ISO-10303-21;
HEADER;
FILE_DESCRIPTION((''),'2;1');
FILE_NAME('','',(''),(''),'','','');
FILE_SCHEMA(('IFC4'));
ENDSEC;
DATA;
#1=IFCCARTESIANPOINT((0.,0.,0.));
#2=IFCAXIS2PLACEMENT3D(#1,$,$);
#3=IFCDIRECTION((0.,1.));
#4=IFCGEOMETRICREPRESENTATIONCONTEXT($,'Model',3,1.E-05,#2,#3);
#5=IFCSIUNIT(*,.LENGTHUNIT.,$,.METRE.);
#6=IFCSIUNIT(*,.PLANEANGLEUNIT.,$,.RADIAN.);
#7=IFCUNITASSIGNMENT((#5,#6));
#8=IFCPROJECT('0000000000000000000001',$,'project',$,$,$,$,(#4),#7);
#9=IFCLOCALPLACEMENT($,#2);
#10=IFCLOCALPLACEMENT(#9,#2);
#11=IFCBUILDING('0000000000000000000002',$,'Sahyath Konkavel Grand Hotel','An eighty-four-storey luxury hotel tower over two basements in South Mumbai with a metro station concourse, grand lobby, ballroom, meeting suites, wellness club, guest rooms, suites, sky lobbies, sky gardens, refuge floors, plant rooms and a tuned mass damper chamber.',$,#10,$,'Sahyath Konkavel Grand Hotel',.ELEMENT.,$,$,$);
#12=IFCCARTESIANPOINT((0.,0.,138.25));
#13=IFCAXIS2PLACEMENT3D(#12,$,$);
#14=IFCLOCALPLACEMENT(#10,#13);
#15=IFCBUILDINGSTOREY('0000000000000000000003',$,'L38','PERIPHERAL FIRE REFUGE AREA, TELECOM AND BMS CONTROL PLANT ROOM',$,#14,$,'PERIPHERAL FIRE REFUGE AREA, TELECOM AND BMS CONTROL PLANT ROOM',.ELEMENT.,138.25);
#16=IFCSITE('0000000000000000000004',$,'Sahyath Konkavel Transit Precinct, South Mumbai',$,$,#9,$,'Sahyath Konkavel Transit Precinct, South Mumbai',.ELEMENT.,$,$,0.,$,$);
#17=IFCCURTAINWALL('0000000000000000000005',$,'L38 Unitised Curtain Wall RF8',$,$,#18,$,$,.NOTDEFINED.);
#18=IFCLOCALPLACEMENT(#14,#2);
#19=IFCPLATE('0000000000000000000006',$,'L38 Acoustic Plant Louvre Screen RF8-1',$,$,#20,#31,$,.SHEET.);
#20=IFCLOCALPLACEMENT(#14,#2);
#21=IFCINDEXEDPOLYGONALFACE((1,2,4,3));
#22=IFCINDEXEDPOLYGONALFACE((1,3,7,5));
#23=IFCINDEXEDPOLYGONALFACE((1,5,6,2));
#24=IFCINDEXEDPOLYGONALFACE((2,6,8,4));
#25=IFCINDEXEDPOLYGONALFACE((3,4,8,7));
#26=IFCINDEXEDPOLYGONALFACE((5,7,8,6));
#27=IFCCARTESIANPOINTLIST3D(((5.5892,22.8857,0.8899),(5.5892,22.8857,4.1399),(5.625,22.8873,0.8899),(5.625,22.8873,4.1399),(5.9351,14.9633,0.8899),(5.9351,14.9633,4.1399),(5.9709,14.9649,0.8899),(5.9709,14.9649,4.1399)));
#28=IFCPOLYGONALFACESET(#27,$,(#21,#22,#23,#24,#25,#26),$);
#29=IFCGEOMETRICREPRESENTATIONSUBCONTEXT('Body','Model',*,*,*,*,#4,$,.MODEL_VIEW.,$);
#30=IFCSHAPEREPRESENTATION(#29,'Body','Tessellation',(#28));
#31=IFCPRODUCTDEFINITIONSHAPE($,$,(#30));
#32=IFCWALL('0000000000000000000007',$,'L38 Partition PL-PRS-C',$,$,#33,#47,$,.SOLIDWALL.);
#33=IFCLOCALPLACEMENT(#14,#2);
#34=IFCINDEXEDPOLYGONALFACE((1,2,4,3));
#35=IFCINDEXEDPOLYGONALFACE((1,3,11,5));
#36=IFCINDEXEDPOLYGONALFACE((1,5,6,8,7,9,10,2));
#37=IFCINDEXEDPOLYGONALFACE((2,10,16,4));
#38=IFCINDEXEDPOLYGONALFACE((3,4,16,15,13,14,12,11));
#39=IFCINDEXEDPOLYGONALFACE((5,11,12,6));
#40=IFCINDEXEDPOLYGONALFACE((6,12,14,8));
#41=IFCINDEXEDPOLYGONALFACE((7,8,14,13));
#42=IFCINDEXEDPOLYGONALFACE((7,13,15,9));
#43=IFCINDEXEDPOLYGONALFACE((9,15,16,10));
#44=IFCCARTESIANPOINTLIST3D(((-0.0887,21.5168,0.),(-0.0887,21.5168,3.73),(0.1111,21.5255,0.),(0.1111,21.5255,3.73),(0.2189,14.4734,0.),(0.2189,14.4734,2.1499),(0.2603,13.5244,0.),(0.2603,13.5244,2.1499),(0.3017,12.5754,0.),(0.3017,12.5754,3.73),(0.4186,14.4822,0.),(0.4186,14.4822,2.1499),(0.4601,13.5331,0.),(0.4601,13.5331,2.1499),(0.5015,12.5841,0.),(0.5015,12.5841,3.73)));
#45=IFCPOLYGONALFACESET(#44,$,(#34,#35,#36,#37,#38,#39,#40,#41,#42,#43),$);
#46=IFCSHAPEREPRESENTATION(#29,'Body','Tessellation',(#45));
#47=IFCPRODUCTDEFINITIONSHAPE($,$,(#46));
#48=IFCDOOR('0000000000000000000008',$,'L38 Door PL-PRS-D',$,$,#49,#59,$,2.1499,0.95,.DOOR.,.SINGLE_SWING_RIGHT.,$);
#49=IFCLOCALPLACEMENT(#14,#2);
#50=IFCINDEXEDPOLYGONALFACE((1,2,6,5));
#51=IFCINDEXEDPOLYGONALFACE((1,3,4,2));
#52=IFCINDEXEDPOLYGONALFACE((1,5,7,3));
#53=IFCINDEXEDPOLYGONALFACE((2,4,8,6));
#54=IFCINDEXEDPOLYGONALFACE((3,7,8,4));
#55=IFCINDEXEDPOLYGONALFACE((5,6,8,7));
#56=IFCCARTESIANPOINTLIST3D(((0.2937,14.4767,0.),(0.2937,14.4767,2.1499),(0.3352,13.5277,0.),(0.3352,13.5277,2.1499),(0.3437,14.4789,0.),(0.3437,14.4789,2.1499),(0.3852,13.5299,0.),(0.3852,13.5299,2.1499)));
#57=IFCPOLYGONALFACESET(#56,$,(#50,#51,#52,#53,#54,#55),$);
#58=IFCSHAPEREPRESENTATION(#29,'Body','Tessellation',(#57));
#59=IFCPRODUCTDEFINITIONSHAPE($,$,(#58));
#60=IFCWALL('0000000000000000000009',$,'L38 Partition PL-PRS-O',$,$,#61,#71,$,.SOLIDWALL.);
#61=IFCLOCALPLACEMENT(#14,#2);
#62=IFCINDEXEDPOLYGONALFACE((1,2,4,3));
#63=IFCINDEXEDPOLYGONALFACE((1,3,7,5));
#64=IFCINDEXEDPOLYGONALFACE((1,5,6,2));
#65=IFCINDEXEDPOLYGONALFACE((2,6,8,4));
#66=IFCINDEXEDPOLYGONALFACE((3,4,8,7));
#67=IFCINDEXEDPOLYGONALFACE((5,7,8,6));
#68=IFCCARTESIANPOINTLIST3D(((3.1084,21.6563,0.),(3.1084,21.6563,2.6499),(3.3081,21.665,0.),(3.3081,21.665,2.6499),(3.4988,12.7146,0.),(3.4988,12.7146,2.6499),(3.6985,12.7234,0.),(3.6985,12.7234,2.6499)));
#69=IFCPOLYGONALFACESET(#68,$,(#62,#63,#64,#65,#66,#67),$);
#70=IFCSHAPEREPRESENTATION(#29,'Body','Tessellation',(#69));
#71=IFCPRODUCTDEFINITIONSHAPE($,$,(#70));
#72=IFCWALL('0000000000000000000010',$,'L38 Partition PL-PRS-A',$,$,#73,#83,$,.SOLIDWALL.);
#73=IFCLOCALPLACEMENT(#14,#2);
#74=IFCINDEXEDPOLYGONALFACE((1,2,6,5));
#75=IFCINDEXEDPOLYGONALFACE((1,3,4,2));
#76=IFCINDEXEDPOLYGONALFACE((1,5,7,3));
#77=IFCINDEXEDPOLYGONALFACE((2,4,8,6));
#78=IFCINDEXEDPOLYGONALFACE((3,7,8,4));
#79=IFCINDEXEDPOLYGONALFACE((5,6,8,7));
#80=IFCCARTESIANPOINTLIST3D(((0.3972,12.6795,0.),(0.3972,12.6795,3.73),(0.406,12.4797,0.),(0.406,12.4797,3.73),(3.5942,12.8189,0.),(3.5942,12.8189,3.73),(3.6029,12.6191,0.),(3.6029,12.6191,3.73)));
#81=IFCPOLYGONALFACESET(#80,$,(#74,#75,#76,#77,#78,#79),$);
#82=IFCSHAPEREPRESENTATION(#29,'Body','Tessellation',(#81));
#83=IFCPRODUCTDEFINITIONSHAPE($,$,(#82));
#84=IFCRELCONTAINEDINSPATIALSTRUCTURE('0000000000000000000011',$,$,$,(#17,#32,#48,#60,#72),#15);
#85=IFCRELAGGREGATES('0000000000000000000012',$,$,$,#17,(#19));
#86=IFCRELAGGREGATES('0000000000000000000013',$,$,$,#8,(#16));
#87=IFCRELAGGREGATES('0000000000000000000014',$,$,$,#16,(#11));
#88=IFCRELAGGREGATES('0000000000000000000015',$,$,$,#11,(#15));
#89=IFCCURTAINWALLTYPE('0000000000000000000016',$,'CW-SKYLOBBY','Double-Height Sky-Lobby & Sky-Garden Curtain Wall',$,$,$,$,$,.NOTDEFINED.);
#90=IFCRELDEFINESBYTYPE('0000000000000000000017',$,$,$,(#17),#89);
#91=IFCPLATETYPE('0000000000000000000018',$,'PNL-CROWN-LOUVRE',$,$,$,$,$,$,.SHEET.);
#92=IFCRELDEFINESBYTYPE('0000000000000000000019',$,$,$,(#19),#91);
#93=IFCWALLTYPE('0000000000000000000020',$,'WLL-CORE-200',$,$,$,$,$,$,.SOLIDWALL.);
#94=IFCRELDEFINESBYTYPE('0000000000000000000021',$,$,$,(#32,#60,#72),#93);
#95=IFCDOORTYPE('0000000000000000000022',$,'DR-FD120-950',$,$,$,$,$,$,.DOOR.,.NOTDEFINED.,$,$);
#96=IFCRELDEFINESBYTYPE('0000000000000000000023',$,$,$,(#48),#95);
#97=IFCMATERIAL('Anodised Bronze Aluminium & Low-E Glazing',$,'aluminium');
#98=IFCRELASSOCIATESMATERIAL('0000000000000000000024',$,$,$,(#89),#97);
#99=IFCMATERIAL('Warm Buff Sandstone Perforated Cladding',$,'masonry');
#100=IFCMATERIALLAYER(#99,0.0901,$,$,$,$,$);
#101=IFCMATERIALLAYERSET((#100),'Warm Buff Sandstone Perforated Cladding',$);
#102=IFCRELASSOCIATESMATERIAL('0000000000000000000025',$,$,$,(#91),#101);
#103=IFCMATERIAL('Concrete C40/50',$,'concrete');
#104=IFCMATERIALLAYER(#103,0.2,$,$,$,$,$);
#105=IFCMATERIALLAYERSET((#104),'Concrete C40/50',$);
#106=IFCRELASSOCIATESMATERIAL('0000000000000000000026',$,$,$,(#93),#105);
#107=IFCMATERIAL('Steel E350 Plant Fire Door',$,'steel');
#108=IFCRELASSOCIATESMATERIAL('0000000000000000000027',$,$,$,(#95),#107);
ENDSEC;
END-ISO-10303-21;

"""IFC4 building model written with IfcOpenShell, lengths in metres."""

from ifc_helpers import new_model, si_unit, direction, frame, frame_2d, origin, origin_2d, place, context, subcontext, project, spatial, rectangle, extrude, source, transform, mapped, material, layer, layer_set, type_object, element, fill, aggregate, save


model = new_model("IFC4")

# Units and contexts
model_context = context("Model", 3, precision=1e-05, world=origin(), true_north=direction((0.0, 1.0)))
body_context = subcontext(model_context, "Body", "Model", "MODEL_VIEW")
ifc_project = project(units=[si_unit("LENGTHUNIT", "METRE"), si_unit("PLANEANGLEUNIT", "RADIAN")], contexts=[model_context])

# Site, building, storey
site_placement = place(None, origin())
site = spatial("IfcSite", under=ifc_project, at=site_placement, Name="Sahyath Konkavel Transit Precinct, South Mumbai", LongName="Sahyath Konkavel Transit Precinct, South Mumbai", CompositionType="ELEMENT", RefElevation=0.0)
building_placement = place(site_placement, origin())
building = spatial("IfcBuilding", under=site, at=building_placement, Name="Sahyath Konkavel Grand Hotel", Description="An eighty-four-storey luxury hotel tower over two basements in South Mumbai with a metro station concourse, grand lobby, ballroom, meeting suites, wellness club, guest rooms, suites, sky lobbies, sky gardens, refuge floors, plant rooms and a tuned mass damper chamber.", LongName="Sahyath Konkavel Grand Hotel", CompositionType="ELEMENT")
storey_placement = place(building_placement, frame((0.0, 0.0, 138.25)))
storey = spatial("IfcBuildingStorey", under=building, at=storey_placement, Name="L38", Description="PERIPHERAL FIRE REFUGE AREA, TELECOM AND BMS CONTROL PLANT ROOM", LongName="PERIPHERAL FIRE REFUGE AREA, TELECOM AND BMS CONTROL PLANT ROOM", CompositionType="ELEMENT", Elevation=138.25)

# Curtain wall
ifc_material_1 = material(Name="Anodised Bronze Aluminium & Low-E Glazing", Category="aluminium")
curtain_wall_type = type_object("IfcCurtainWallType", Name="CW-SKYLOBBY", Description="Double-Height Sky-Lobby & Sky-Garden Curtain Wall", PredefinedType="NOTDEFINED", material=ifc_material_1)
curtain_wall_placement = place(storey_placement, origin())
curtain_wall = element("IfcCurtainWall", 1, at=curtain_wall_placement, inside=storey, type_object=curtain_wall_type, Name="L38 Unitised Curtain Wall RF8", PredefinedType="NOTDEFINED")

# Plate
ifc_material_2 = material(Name="Warm Buff Sandstone Perforated Cladding", Category="masonry")
ifc_layer_1 = layer(ifc_material_2, 0.0901)
ifc_layer_set_1 = layer_set([ifc_layer_1], Name="Warm Buff Sandstone Perforated Cladding")
plate_type_1 = type_object("IfcPlateType", Name="PNL-CROWN-LOUVRE", PredefinedType="SHEET", material=ifc_layer_set_1)
shared_shape_1 = source(origin(), body_context, "Body", "SweptSolid", [
    extrude(rectangle(XDim=7.9299, YDim=0.0359, at=origin_2d()), origin(), (0.0, 0.0, 1.0), 3.25),
])
plate_1_placement = place(storey_placement, frame((5.78, 18.9253, 0.8899), z_axis=(0.0, 0.0, 1.0), x_axis=(-0.043619, 0.999048, 0.0)))
plate_1 = element("IfcPlate", 2, at=plate_1_placement, type_object=plate_type_1, Name="L38 Acoustic Plant Louvre Screen RF8-1", PredefinedType="SHEET", context=body_context, shape_type="MappedRepresentation", body=[
    mapped(shared_shape_1, transform((0.0, 0.0, 0.0), scale=1.0)),
])
aggregate(curtain_wall, [plate_1])

# Wall, opening, door
ifc_material_3 = material(Name="Concrete C40/50", Category="concrete")
ifc_layer_2 = layer(ifc_material_3, 0.2)
ifc_layer_set_2 = layer_set([ifc_layer_2], Name="Concrete C40/50")
wall_type = type_object("IfcWallType", Name="WLL-CORE-200", PredefinedType="SOLIDWALL", material=ifc_layer_set_2)
wall_1_placement = place(storey_placement, frame((0.4016, 12.5796, 0.0), z_axis=(0.0, 0.0, 1.0), x_axis=(-0.043618, 0.999048, 0.0)))
wall_1 = element("IfcWall", 3, at=wall_1_placement, inside=storey, type_object=wall_type, Name="L38 Partition PL-PRS-C", PredefinedType="SOLIDWALL", context=body_context, shape_type="SweptSolid", body=[
    extrude(rectangle(XDim=8.95, YDim=0.2, at=frame_2d((4.4751, 0.0))), origin(), (0.0, 0.0, 1.0), 3.73),
])
opening_placement = place(wall_1_placement, frame((0.95, 0.0, 0.0)))
opening = element("IfcOpeningElement", 4, at=opening_placement, cuts=wall_1, PredefinedType="OPENING", context=body_context, shape_type="SweptSolid", body=[
    extrude(rectangle(XDim=0.95, YDim=2.1499, at=frame_2d((0.4751, 1.075))), frame((0.0, 0.1099, 0.0), z_axis=(0.0, -1.0, 0.0), x_axis=(1.0, 0.0, 0.0)), (0.0, 0.0, 1.0), 0.22),
])
ifc_material_4 = material(Name="Steel E350 Plant Fire Door", Category="steel")
door_type = type_object("IfcDoorType", Name="DR-FD120-950", OperationType="NOTDEFINED", PredefinedType="DOOR", material=ifc_material_4)
shared_shape_2 = source(origin(), body_context, "Body", "SweptSolid", [
    extrude(rectangle(XDim=0.95, YDim=0.05, at=origin_2d()), origin(), (0.0, 0.0, 1.0), 2.1499),
])
door_placement = place(opening_placement, frame((0.4751, 0.0, 0.0)))
door = element("IfcDoor", 5, at=door_placement, inside=storey, type_object=door_type, Name="L38 Door PL-PRS-D", OperationType="SINGLE_SWING_RIGHT", OverallHeight=2.1499, OverallWidth=0.95, PredefinedType="DOOR", context=body_context, shape_type="MappedRepresentation", body=[
    mapped(shared_shape_2, transform((0.0, 0.0, 0.0), scale=1.0)),
])
fill(opening, door)

# Walls
wall_2_placement = place(storey_placement, frame((3.5986, 12.719, 0.0), z_axis=(0.0, 0.0, 1.0), x_axis=(-0.043617, 0.999048, 0.0)))
element("IfcWall", 6, at=wall_2_placement, inside=storey, type_object=wall_type, Name="L38 Partition PL-PRS-O", PredefinedType="SOLIDWALL", context=body_context, shape_type="SweptSolid", body=[
    extrude(rectangle(XDim=8.9502, YDim=0.2, at=frame_2d((4.4751, 0.0))), origin(), (0.0, 0.0, 1.0), 2.6499),
])
wall_3_placement = place(storey_placement, frame((3.5986, 12.719, 0.0), z_axis=(0.0, 0.0, 1.0), x_axis=(-0.999051, -0.043563, 0.0)))
element("IfcWall", 7, at=wall_3_placement, inside=storey, type_object=wall_type, Name="L38 Partition PL-PRS-A", PredefinedType="SOLIDWALL", context=body_context, shape_type="SweptSolid", body=[
    extrude(rectangle(XDim=3.2, YDim=0.2, at=frame_2d((1.6001, 0.0))), origin(), (0.0, 0.0, 1.0), 3.73),
])

save(model, "model.ifc")
